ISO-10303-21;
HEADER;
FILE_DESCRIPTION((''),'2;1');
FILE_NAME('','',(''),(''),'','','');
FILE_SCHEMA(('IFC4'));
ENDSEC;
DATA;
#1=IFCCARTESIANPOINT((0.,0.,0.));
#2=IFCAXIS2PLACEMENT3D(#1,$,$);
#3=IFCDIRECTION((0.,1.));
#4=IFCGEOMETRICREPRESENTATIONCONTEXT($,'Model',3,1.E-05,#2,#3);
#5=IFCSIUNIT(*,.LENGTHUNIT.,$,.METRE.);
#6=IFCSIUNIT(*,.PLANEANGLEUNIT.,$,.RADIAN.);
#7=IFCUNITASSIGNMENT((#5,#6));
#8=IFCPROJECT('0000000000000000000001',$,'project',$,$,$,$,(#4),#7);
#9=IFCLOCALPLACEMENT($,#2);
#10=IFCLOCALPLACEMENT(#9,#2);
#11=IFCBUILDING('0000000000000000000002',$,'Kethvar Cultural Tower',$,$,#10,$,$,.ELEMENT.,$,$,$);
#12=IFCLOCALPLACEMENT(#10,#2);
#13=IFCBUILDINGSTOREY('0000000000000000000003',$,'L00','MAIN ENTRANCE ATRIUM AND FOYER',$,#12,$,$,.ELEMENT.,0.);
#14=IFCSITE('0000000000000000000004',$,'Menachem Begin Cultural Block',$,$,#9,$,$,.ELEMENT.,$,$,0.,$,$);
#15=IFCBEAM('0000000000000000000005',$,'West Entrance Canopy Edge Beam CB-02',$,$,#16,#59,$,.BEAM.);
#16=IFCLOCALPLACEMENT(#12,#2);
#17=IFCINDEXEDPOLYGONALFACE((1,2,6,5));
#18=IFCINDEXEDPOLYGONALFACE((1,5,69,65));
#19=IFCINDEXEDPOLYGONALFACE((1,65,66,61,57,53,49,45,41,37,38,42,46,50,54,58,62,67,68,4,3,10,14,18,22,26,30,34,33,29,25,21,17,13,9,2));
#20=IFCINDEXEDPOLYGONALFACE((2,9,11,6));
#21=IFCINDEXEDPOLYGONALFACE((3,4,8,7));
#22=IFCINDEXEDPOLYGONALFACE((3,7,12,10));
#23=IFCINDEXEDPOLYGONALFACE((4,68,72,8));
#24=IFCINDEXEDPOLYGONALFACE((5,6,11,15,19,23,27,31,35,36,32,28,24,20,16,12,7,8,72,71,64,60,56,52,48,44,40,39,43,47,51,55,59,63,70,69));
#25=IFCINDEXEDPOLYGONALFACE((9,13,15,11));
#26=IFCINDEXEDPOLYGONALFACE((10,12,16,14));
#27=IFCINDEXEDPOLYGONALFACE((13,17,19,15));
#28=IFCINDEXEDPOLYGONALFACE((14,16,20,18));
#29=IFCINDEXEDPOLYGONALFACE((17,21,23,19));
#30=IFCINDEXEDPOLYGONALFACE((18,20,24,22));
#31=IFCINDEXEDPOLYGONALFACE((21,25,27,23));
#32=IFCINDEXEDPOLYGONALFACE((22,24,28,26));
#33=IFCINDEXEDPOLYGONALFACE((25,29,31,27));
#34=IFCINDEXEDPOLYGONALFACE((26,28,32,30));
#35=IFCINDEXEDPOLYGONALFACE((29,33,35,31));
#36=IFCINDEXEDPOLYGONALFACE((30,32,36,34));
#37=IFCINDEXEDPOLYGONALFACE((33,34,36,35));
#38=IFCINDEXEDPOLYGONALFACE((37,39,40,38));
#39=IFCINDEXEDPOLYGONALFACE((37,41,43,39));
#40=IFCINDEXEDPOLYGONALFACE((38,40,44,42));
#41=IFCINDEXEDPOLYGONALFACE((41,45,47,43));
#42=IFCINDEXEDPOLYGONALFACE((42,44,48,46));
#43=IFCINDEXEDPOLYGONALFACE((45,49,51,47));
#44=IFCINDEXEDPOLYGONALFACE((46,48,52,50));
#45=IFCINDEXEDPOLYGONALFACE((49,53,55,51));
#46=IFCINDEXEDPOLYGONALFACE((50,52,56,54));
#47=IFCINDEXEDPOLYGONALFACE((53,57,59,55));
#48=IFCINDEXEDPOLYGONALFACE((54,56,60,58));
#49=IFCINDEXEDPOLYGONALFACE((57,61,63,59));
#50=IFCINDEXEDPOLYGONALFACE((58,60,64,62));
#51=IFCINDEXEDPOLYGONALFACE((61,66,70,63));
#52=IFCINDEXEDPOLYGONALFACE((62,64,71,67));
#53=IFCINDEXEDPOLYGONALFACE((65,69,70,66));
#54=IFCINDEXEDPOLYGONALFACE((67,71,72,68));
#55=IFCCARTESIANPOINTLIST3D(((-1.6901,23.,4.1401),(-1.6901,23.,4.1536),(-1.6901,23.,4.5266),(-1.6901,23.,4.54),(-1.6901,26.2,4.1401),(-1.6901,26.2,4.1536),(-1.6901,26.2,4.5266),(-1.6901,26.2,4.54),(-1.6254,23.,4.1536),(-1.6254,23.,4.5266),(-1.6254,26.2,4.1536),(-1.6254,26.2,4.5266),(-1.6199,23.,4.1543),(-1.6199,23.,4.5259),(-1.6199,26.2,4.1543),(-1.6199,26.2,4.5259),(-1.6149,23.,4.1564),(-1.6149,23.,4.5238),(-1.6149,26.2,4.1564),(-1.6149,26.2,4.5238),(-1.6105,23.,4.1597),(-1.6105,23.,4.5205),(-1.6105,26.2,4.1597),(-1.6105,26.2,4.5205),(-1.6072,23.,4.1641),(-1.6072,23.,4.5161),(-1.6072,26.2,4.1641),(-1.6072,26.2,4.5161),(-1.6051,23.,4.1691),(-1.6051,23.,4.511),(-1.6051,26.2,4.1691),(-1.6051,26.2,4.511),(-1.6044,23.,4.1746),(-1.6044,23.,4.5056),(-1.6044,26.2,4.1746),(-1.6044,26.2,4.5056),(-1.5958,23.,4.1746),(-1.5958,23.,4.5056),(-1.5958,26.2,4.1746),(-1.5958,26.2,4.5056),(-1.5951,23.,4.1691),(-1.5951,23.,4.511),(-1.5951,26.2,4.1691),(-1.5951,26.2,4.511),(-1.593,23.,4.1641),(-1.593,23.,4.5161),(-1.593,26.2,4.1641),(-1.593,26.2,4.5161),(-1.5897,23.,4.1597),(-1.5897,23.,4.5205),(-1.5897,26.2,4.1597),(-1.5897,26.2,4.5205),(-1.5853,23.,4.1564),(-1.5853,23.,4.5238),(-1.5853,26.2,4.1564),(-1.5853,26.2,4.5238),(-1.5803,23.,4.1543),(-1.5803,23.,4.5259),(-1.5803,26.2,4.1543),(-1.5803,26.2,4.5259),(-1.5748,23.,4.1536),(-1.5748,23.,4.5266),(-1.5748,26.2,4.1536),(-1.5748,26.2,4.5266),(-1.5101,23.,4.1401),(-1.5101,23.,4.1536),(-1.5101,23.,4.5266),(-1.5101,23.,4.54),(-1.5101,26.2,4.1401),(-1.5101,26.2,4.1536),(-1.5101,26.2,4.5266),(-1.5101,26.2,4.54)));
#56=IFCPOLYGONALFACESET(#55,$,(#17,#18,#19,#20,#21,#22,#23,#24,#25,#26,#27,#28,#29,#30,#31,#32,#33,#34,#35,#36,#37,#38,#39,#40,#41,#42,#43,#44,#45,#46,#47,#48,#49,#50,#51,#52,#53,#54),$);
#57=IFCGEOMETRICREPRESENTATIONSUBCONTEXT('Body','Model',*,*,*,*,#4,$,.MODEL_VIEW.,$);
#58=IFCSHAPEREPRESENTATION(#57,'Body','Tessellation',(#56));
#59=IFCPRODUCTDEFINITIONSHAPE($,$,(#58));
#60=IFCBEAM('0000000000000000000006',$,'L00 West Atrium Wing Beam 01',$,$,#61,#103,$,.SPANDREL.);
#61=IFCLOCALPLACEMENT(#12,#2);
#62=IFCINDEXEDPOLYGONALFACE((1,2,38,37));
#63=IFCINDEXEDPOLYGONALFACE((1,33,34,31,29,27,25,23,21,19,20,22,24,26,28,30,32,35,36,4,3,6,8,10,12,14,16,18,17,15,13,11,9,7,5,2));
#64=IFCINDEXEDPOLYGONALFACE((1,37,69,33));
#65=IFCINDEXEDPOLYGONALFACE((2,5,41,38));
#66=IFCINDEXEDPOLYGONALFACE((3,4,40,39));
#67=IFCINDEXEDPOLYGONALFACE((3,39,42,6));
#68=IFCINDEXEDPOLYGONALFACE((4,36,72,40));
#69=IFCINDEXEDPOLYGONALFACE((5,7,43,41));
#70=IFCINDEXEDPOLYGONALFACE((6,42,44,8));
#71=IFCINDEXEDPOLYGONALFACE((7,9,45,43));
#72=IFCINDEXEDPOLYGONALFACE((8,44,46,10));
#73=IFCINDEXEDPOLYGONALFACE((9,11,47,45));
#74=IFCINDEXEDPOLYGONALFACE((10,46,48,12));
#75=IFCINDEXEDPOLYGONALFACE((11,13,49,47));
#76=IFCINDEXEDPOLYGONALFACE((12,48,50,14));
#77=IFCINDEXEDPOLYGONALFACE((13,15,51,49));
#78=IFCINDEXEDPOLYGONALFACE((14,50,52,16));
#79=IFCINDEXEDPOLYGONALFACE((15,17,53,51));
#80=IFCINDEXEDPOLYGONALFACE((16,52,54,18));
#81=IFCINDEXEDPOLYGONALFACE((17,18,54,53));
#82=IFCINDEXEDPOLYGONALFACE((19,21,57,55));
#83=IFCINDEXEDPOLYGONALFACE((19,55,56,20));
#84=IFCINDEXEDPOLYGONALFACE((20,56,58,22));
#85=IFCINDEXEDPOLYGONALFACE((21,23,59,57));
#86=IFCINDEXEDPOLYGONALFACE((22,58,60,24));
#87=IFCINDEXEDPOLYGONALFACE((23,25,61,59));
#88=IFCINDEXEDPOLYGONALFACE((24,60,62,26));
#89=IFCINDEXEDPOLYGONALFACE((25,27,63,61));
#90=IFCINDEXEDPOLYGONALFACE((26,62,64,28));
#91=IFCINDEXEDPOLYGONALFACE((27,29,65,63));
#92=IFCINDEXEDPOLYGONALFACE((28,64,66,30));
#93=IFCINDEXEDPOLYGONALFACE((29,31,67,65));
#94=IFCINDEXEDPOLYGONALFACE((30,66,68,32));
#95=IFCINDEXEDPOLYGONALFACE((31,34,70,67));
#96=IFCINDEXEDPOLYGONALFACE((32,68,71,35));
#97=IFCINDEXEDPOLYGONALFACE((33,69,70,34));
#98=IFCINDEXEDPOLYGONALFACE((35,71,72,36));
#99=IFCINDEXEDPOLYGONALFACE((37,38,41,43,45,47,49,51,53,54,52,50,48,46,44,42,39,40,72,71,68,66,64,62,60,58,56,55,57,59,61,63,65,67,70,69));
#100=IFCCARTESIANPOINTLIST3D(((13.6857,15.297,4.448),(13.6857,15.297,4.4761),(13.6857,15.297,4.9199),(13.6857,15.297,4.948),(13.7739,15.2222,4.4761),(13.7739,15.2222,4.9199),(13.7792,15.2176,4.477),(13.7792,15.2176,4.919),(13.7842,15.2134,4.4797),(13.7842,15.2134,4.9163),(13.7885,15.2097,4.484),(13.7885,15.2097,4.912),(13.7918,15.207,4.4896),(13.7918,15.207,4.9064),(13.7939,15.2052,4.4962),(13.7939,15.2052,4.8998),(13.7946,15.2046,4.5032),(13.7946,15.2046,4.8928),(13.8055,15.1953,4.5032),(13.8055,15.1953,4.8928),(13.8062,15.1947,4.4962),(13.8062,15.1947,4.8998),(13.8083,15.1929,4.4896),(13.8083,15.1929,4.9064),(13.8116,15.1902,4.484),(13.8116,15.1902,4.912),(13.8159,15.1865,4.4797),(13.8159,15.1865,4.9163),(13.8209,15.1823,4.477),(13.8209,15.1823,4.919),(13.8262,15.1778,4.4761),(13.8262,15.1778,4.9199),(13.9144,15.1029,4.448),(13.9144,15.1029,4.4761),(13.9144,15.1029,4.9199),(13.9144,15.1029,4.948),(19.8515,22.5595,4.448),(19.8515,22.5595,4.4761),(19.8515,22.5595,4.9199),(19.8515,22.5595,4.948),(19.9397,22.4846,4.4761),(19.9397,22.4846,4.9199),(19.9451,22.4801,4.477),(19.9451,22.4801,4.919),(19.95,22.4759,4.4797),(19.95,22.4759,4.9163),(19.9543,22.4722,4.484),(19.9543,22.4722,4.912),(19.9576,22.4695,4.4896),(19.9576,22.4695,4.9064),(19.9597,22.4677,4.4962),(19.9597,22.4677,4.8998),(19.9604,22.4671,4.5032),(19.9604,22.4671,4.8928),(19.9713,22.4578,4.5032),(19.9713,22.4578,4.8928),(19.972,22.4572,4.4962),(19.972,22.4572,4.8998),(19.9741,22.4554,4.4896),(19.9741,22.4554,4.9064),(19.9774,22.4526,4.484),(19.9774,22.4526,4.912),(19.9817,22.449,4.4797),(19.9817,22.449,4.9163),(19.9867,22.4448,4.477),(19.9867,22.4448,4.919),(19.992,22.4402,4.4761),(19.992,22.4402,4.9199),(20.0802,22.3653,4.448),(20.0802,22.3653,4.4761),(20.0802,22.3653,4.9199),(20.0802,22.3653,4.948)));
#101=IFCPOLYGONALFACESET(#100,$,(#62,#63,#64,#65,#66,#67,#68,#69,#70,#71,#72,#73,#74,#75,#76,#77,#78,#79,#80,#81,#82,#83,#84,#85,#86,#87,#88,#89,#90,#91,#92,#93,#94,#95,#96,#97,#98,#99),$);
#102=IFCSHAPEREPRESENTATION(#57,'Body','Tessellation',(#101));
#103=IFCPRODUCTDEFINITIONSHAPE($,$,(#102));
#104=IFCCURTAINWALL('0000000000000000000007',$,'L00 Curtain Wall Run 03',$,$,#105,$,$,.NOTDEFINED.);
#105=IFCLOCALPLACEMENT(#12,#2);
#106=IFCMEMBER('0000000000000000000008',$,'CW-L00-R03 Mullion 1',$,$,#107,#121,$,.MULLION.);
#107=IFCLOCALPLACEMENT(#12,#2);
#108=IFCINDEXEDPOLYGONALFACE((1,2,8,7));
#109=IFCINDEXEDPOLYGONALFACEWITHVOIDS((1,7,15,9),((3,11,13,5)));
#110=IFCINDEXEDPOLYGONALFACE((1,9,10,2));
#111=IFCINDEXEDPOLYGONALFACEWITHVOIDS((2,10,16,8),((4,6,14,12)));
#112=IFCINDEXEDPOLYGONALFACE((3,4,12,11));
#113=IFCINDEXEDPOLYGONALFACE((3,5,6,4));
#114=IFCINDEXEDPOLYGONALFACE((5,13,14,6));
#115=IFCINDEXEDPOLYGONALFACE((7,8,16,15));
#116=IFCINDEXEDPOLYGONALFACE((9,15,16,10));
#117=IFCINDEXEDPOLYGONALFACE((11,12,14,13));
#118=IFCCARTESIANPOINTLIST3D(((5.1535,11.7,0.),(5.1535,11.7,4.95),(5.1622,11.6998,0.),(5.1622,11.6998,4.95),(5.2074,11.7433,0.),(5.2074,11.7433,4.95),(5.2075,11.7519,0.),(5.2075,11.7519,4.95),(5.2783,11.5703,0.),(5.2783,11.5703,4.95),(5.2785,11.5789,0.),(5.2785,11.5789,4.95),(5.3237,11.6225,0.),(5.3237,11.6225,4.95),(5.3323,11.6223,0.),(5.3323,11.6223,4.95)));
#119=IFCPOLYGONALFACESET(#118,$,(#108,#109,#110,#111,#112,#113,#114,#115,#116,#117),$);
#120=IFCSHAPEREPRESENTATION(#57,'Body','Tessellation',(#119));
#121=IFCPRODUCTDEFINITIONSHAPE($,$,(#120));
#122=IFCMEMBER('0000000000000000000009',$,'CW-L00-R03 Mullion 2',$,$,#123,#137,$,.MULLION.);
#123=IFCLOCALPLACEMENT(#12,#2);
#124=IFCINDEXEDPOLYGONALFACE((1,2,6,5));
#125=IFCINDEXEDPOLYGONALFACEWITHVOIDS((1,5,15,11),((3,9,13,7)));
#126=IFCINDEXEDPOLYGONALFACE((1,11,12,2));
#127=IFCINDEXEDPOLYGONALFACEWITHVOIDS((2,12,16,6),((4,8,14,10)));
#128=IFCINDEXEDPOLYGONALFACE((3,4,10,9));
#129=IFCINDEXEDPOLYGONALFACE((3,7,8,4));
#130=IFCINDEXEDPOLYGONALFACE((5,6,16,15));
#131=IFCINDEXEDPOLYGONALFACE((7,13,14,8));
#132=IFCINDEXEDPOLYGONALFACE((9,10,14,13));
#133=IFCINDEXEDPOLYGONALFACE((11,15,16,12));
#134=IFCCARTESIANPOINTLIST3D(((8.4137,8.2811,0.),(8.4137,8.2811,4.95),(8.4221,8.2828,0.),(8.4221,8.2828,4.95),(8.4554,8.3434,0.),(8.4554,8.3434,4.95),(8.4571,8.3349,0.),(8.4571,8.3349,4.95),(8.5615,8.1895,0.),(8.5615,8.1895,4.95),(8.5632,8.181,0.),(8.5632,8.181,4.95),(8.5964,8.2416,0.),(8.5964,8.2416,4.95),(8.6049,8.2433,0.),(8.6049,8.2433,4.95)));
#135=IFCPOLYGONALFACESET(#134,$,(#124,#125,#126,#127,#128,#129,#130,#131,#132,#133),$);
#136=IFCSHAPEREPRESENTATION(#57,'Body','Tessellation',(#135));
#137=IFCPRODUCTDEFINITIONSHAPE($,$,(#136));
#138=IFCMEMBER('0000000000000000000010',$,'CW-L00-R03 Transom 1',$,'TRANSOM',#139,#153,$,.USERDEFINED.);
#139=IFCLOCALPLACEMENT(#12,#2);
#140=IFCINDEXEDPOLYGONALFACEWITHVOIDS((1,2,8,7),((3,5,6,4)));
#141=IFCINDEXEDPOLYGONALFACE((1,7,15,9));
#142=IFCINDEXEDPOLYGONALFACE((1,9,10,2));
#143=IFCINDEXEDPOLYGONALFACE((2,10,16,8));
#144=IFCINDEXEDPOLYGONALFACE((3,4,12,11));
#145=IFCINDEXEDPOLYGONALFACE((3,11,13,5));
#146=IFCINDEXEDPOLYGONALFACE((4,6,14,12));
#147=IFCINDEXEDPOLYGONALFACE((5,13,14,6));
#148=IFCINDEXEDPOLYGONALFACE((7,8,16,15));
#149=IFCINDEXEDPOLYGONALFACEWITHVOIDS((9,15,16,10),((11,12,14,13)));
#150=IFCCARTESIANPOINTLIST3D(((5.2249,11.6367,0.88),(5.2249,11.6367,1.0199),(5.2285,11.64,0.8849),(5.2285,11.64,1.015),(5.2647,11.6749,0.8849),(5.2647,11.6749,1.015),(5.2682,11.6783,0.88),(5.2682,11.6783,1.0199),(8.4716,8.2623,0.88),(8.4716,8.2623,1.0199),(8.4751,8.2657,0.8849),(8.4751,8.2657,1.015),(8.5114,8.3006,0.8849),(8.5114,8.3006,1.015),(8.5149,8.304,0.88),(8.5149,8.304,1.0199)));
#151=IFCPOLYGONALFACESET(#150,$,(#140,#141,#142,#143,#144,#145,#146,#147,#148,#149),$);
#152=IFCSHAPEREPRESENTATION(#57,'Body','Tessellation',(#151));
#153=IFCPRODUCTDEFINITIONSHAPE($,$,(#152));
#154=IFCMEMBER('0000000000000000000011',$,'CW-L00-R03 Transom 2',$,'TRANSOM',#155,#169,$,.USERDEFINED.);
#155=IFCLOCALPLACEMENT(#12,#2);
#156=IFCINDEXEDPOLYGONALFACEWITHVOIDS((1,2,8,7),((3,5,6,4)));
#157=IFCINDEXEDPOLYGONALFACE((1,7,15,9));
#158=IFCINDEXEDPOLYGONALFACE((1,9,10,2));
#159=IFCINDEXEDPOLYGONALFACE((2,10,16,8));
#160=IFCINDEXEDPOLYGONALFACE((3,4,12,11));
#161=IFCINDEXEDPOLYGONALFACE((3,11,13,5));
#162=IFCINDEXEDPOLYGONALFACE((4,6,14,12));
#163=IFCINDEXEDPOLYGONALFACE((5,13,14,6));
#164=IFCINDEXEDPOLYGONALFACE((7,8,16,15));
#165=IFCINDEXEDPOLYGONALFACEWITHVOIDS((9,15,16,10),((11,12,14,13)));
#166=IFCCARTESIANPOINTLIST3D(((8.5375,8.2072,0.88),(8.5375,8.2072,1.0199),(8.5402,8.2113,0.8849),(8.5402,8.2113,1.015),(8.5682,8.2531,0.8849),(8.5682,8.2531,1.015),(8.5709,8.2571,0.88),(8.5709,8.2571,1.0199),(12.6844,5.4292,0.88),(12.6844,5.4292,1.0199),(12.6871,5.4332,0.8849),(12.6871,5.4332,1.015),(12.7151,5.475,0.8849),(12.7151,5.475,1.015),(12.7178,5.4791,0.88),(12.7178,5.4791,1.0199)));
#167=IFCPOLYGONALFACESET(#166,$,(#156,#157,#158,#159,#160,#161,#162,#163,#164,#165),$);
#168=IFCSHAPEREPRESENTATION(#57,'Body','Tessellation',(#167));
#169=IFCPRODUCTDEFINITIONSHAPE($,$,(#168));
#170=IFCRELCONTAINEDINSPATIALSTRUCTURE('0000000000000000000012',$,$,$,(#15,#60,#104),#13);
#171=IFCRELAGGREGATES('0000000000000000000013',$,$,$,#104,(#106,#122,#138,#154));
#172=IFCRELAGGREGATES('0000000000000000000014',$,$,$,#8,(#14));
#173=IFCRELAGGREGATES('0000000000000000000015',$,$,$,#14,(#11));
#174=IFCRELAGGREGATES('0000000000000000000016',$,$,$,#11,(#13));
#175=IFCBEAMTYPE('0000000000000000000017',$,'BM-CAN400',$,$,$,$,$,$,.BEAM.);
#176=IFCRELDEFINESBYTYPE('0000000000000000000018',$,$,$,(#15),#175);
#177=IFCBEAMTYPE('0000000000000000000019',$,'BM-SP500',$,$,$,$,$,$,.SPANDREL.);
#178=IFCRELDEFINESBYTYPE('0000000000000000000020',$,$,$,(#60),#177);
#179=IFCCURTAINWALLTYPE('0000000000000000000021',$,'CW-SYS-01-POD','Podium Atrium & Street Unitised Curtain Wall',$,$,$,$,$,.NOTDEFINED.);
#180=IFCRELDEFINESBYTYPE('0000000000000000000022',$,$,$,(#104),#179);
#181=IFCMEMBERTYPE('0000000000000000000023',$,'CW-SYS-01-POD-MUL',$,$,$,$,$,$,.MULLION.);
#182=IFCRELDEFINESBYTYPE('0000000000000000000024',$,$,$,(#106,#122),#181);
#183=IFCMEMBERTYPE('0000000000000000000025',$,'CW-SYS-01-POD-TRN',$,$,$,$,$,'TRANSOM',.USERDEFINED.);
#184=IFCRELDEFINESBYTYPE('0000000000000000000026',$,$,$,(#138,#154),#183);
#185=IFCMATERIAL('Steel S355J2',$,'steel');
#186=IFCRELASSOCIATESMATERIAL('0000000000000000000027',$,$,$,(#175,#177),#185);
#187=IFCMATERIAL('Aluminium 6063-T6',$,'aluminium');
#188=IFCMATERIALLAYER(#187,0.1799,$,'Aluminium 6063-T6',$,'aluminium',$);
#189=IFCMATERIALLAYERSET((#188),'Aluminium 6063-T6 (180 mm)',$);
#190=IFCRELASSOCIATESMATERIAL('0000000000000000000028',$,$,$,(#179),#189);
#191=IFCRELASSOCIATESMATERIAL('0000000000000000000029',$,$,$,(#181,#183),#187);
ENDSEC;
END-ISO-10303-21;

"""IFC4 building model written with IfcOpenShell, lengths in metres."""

from ifc_helpers import new_model, si_unit, direction, frame, origin, origin_2d, place, context, subcontext, project, spatial, hollow_rectangle, i_section, extrude, source, transform, mapped, material, layer, layer_set, material_profile, profile_set, type_object, element, aggregate, save


model = new_model("IFC4")

# Units and contexts
model_context = context("Model", 3, precision=1e-05, world=origin(), true_north=direction((0.0, 1.0)))
body_context = subcontext(model_context, "Body", "Model", "MODEL_VIEW")
ifc_project = project(units=[si_unit("LENGTHUNIT", "METRE"), si_unit("PLANEANGLEUNIT", "RADIAN")], contexts=[model_context])

# Site, building, storey
site_placement = place(None, origin())
site = spatial("IfcSite", under=ifc_project, at=site_placement, Name="Menachem Begin Cultural Block", CompositionType="ELEMENT", RefElevation=0.0)
building_placement = place(site_placement, origin())
building = spatial("IfcBuilding", under=site, at=building_placement, Name="Kethvar Cultural Tower", CompositionType="ELEMENT")
storey_placement = place(building_placement, origin())
storey = spatial("IfcBuildingStorey", under=building, at=storey_placement, Name="L00", Description="MAIN ENTRANCE ATRIUM AND FOYER", CompositionType="ELEMENT", Elevation=0.0)

# Shared definitions
ifc_material_1 = material(Name="Steel S355J2", Category="steel")

# Beams
ifc_material_profile_1 = material_profile(ifc_material_1, i_section(OverallWidth=0.1799, OverallDepth=0.3999, WebThickness=0.0085, FlangeThickness=0.0134, FilletRadius=0.021, at=origin_2d()), Name="Steel S355J2 — IPE400")
ifc_profile_set_1 = profile_set([ifc_material_profile_1], Name="Steel S355J2 — IPE400")
beam_type_1 = type_object("IfcBeamType", Name="BM-CAN400", PredefinedType="BEAM", material=ifc_profile_set_1)
shared_shape_1 = source(origin(), body_context, "Body", "SweptSolid", [
    extrude(i_section(OverallWidth=0.1799, OverallDepth=0.3999, WebThickness=0.0085, FlangeThickness=0.0134, FilletRadius=0.021, at=origin_2d()), origin(), (0.0, 0.0, 1.0), 3.2),
])
for number, where, z_axis, x_axis, name in (
    (1, (-1.6001, 23.0, 4.3401), (0.0, 1.0, 0.0), (-1.0, 0.0, 0.0), "West Entrance Canopy Edge Beam CB-02"),
):
    element("IfcBeam", number, at=place(storey_placement, frame(where, z_axis=z_axis, x_axis=x_axis)), inside=storey, type_object=beam_type_1, Name=name, PredefinedType="BEAM", context=body_context, shape_type="MappedRepresentation", body=[
        mapped(shared_shape_1, transform((0.0, 0.0, 0.0), scale=1.0)),
    ])
ifc_material_profile_2 = material_profile(ifc_material_1, i_section(OverallWidth=0.3, OverallDepth=0.5, WebThickness=0.0144, FlangeThickness=0.0281, FilletRadius=0.0271, at=origin_2d()), Name="Steel S355J2 — HEB500")
ifc_profile_set_2 = profile_set([ifc_material_profile_2], Name="Steel S355J2 — HEB500")
beam_type_2 = type_object("IfcBeamType", Name="BM-SP500", PredefinedType="SPANDREL", material=ifc_profile_set_2)
shared_shape_2 = source(origin(), body_context, "Body", "SweptSolid", [
    extrude(i_section(OverallWidth=0.3, OverallDepth=0.5, WebThickness=0.0144, FlangeThickness=0.0281, FilletRadius=0.0271, at=origin_2d()), origin(), (0.0, 0.0, 1.0), 9.5269),
])
beam_1_placement = place(storey_placement, frame((13.8, 15.2, 4.698), z_axis=(0.647203, 0.762318, 0.0), x_axis=(-0.762318, 0.647203, 0.0)))
element("IfcBeam", 2, at=beam_1_placement, inside=storey, type_object=beam_type_2, Name="L00 West Atrium Wing Beam 01", PredefinedType="SPANDREL", context=body_context, shape_type="MappedRepresentation", body=[
    mapped(shared_shape_2, transform((0.0, 0.0, 0.0), scale=1.0)),
])

# Curtain wall, members
ifc_material_2 = material(Name="Aluminium 6063-T6", Category="aluminium")
ifc_layer_1 = layer(ifc_material_2, 0.1799, Name="Aluminium 6063-T6", Category="aluminium")
ifc_layer_set_1 = layer_set([ifc_layer_1], Name="Aluminium 6063-T6 (180 mm)")
curtain_wall_type = type_object("IfcCurtainWallType", Name="CW-SYS-01-POD", Description="Podium Atrium & Street Unitised Curtain Wall", PredefinedType="NOTDEFINED", material=ifc_layer_set_1)
curtain_wall_placement = place(storey_placement, origin())
curtain_wall = element("IfcCurtainWall", 3, at=curtain_wall_placement, inside=storey, type_object=curtain_wall_type, Name="L00 Curtain Wall Run 03", PredefinedType="NOTDEFINED")
ifc_material_profile_3 = material_profile(ifc_material_2, hollow_rectangle(XDim=0.075, YDim=0.1799, WallThickness=0.0061, at=origin_2d()), Name="Aluminium 6063-T6 — RHS180x75x6")
ifc_profile_set_3 = profile_set([ifc_material_profile_3], Name="Aluminium 6063-T6 — RHS180x75x6")
member_type_1 = type_object("IfcMemberType", Name="CW-SYS-01-POD-MUL", PredefinedType="MULLION", material=ifc_profile_set_3)
shared_shape_3 = source(origin(), body_context, "Body", "SweptSolid", [
    extrude(hollow_rectangle(XDim=0.075, YDim=0.1799, WallThickness=0.0061, at=origin_2d()), origin(), (0.0, 0.0, 1.0), 4.95),
])
member_1_placement = place(storey_placement, frame((5.2429, 11.6611, 0.0), z_axis=(0.0, 0.0, 1.0), x_axis=(0.720612, 0.693339, 0.0)))
member_1 = element("IfcMember", 4, at=member_1_placement, type_object=member_type_1, Name="CW-L00-R03 Mullion 1", PredefinedType="MULLION", context=body_context, shape_type="MappedRepresentation", body=[
    mapped(shared_shape_3, transform((0.0, 0.0, 0.0), scale=1.0)),
])
member_2_placement = place(storey_placement, frame((8.5093, 8.2622, 0.0), z_axis=(0.0, 0.0, 1.0), x_axis=(0.556557, 0.83081, 0.0)))
member_2 = element("IfcMember", 5, at=member_2_placement, type_object=member_type_1, Name="CW-L00-R03 Mullion 2", PredefinedType="MULLION", context=body_context, shape_type="MappedRepresentation", body=[
    mapped(shared_shape_3, transform((0.0, 0.0, 0.0), scale=1.0)),
])
ifc_material_profile_4 = material_profile(ifc_material_2, hollow_rectangle(XDim=0.0601, YDim=0.1399, WallThickness=0.0049, at=origin_2d()), Name="Aluminium 6063-T6 — RHS140x60x5")
ifc_profile_set_4 = profile_set([ifc_material_profile_4], Name="Aluminium 6063-T6 — RHS140x60x5")
member_type_2 = type_object("IfcMemberType", Name="CW-SYS-01-POD-TRN", ElementType="TRANSOM", PredefinedType="USERDEFINED", material=ifc_profile_set_4)
shared_shape_4 = source(origin(), body_context, "Body", "SweptSolid", [
    extrude(hollow_rectangle(XDim=0.0601, YDim=0.1399, WallThickness=0.0049, at=origin_2d()), origin(), (0.0, 0.0, 1.0), 4.6826),
])
member_3_placement = place(storey_placement, frame((5.2466, 11.6575, 0.95), z_axis=(0.693341, -0.72061, 0.0), x_axis=(0.72061, 0.693341, 0.0)))
member_3 = element("IfcMember", 6, at=member_3_placement, type_object=member_type_2, Name="CW-L00-R03 Transom 1", ObjectType="TRANSOM", PredefinedType="USERDEFINED", context=body_context, shape_type="MappedRepresentation", body=[
    mapped(shared_shape_4, transform((0.0, 0.0, 0.0), scale=1.0)),
])
shared_shape_5 = source(origin(), body_context, "Body", "SweptSolid", [
    extrude(hollow_rectangle(XDim=0.0601, YDim=0.1399, WallThickness=0.0049, at=origin_2d()), origin(), (0.0, 0.0, 1.0), 4.9915),
])
member_4_placement = place(storey_placement, frame((8.5542, 8.2322, 0.95), z_axis=(0.830807, -0.556561, 0.0), x_axis=(0.556561, 0.830807, 0.0)))
member_4 = element("IfcMember", 7, at=member_4_placement, type_object=member_type_2, Name="CW-L00-R03 Transom 2", ObjectType="TRANSOM", PredefinedType="USERDEFINED", context=body_context, shape_type="MappedRepresentation", body=[
    mapped(shared_shape_5, transform((0.0, 0.0, 0.0), scale=1.0)),
])
aggregate(curtain_wall, [member_1, member_2, member_3, member_4])

save(model, "model.ifc")
